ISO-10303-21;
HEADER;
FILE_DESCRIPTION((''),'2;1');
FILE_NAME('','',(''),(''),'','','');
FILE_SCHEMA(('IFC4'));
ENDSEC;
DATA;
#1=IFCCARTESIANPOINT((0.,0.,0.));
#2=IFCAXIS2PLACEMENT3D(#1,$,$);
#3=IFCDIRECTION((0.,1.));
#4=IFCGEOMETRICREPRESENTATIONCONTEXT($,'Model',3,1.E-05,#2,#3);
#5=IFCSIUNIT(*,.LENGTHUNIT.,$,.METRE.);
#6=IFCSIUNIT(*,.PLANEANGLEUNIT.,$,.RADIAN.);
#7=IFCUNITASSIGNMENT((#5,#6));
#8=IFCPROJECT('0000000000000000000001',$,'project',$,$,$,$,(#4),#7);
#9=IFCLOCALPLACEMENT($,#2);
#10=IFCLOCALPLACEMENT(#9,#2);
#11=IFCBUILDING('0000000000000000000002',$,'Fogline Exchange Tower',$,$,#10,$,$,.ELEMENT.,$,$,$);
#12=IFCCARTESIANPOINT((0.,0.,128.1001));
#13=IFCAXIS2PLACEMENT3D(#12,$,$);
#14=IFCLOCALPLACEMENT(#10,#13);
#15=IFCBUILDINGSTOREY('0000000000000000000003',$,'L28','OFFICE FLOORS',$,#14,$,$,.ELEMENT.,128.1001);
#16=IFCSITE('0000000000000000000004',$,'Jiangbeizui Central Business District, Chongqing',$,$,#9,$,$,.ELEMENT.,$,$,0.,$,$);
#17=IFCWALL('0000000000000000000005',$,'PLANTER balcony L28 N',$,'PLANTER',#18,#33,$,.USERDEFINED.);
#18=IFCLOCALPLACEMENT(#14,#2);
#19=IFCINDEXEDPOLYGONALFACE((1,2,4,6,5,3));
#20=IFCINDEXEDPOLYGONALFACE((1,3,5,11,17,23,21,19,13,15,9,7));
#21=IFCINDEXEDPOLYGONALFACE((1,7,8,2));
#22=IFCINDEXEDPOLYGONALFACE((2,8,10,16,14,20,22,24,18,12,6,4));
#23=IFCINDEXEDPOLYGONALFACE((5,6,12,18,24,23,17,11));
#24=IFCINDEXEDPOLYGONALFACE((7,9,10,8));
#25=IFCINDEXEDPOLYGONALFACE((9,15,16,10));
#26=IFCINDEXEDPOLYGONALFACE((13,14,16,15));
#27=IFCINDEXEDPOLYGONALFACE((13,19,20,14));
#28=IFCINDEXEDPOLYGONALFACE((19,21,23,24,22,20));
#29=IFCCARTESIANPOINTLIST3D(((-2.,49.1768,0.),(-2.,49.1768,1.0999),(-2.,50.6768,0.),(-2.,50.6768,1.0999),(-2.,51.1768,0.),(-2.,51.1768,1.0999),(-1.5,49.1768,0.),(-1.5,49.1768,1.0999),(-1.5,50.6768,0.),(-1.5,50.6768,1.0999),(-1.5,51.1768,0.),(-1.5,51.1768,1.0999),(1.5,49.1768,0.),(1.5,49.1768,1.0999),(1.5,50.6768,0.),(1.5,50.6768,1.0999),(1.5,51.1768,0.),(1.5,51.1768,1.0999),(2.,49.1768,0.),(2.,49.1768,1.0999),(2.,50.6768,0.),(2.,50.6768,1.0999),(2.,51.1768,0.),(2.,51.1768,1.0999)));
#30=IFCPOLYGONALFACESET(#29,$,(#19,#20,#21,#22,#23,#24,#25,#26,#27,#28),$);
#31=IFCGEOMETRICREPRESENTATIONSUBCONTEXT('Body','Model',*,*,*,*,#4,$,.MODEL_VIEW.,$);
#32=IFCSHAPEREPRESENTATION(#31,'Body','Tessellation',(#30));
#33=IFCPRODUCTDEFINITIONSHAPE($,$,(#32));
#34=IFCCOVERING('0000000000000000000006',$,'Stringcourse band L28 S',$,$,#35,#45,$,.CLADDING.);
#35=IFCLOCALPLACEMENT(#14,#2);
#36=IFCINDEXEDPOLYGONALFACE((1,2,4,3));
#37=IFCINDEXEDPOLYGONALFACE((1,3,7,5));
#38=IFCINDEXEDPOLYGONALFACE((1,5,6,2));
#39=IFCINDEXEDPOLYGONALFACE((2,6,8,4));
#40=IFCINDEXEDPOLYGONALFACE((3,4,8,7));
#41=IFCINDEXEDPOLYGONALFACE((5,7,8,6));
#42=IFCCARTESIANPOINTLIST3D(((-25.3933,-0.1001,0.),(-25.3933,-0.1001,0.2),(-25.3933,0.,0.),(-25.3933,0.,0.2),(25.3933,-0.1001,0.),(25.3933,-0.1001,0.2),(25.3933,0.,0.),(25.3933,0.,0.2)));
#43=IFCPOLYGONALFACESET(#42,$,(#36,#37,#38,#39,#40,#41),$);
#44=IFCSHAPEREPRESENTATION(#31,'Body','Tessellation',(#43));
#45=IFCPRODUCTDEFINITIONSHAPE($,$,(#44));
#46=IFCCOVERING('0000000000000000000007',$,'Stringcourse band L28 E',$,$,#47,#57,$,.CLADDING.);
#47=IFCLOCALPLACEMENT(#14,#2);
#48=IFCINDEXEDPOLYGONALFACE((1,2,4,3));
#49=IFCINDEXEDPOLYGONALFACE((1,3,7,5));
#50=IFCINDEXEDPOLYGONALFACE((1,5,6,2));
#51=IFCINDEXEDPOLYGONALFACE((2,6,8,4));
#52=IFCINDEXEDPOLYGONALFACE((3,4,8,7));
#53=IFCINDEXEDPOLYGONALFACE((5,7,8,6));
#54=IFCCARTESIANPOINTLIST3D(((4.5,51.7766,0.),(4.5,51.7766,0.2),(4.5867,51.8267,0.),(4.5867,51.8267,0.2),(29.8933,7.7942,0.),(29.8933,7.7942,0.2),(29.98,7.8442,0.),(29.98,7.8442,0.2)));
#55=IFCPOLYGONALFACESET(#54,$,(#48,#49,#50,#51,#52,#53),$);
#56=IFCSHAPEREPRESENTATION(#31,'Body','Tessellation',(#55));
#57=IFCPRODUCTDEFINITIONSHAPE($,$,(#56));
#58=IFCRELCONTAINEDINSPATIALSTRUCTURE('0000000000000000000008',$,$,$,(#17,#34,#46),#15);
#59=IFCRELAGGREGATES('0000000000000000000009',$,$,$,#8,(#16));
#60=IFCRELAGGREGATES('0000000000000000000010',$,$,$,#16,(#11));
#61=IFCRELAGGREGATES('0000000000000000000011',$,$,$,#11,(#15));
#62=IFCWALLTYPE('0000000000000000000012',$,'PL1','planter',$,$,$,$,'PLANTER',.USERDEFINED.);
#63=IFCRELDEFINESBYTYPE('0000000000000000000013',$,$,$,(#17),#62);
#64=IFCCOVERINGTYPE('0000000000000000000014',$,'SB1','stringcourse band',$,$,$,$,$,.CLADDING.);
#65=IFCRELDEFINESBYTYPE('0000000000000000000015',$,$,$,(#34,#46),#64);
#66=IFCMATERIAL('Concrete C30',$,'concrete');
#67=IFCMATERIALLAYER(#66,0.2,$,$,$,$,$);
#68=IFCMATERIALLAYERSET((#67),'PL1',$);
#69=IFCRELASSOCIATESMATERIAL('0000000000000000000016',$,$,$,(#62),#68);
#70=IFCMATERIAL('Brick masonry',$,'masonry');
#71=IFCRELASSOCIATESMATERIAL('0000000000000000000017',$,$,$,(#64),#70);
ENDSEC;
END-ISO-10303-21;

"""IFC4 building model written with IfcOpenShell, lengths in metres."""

from ifc_helpers import new_model, si_unit, direction, frame, origin, place, context, subcontext, project, spatial, polyline, outline, extrude, material, layer, layer_set, type_object, element, save


model = new_model("IFC4")

# Units and contexts
model_context = context("Model", 3, precision=1e-05, world=origin(), true_north=direction((0.0, 1.0)))
body_context = subcontext(model_context, "Body", "Model", "MODEL_VIEW")
ifc_project = project(units=[si_unit("LENGTHUNIT", "METRE"), si_unit("PLANEANGLEUNIT", "RADIAN")], contexts=[model_context])

# Site, building, storey
site_placement = place(None, origin())
site = spatial("IfcSite", under=ifc_project, at=site_placement, Name="Jiangbeizui Central Business District, Chongqing", CompositionType="ELEMENT", RefElevation=0.0)
building_placement = place(site_placement, origin())
building = spatial("IfcBuilding", under=site, at=building_placement, Name="Fogline Exchange Tower", CompositionType="ELEMENT")
storey_placement = place(building_placement, frame((0.0, 0.0, 128.1001)))
storey = spatial("IfcBuildingStorey", under=building, at=storey_placement, Name="L28", Description="OFFICE FLOORS", CompositionType="ELEMENT", Elevation=128.1001)

# Wall
ifc_material_1 = material(Name="Brick masonry", Category="masonry")
ifc_material_2 = material(Name="Concrete C30", Category="concrete")
ifc_layer_1 = layer(ifc_material_2, 0.2)
ifc_layer_set_1 = layer_set([ifc_layer_1], Name="PL1")
wall_type_1 = type_object("IfcWallType", Name="PL1", Description="planter", ElementType="PLANTER", PredefinedType="USERDEFINED", material=ifc_layer_set_1)
wall_1_placement = place(storey_placement, origin())
element("IfcWall", 1, at=wall_1_placement, inside=storey, type_object=wall_type_1, Name="PLANTER balcony L28 N", ObjectType="PLANTER", PredefinedType="USERDEFINED", context=body_context, shape_type="SweptSolid", body=[
    extrude(outline(polyline([(-1.5, 51.1768), (-2.0, 51.1768), (-2.0, 50.6768), (-2.0, 49.1768), (-1.5, 49.1768), (-1.5, 50.6768), (1.5, 50.6768), (1.5, 49.1768), (2.0, 49.1768), (2.0, 50.6768), (2.0, 51.1768), (1.5, 51.1768), (-1.5, 51.1768)])), origin(), (0.0, 0.0, 1.0), 1.0999),
])

# Coverings
covering_type = type_object("IfcCoveringType", Name="SB1", Description="stringcourse band", PredefinedType="CLADDING", material=ifc_material_1)
covering_1_placement = place(storey_placement, origin())
element("IfcCovering", 2, at=covering_1_placement, inside=storey, type_object=covering_type, Name="Stringcourse band L28 S", PredefinedType="CLADDING", context=body_context, shape_type="SweptSolid", body=[
    extrude(outline(polyline([(-25.3933, 0.0), (-25.3933, -0.1001), (25.3933, -0.1001), (25.3933, 0.0), (-25.3933, 0.0)])), origin(), (0.0, 0.0, 1.0), 0.2),
])
covering_2_placement = place(storey_placement, origin())
element("IfcCovering", 3, at=covering_2_placement, inside=storey, type_object=covering_type, Name="Stringcourse band L28 E", PredefinedType="CLADDING", context=body_context, shape_type="SweptSolid", body=[
    extrude(outline(polyline([(29.8933, 7.7942), (29.98, 7.8442), (4.5867, 51.8267), (4.5, 51.7766), (29.8933, 7.7942)])), origin(), (0.0, 0.0, 1.0), 0.2),
])

save(model, "model.ifc")
